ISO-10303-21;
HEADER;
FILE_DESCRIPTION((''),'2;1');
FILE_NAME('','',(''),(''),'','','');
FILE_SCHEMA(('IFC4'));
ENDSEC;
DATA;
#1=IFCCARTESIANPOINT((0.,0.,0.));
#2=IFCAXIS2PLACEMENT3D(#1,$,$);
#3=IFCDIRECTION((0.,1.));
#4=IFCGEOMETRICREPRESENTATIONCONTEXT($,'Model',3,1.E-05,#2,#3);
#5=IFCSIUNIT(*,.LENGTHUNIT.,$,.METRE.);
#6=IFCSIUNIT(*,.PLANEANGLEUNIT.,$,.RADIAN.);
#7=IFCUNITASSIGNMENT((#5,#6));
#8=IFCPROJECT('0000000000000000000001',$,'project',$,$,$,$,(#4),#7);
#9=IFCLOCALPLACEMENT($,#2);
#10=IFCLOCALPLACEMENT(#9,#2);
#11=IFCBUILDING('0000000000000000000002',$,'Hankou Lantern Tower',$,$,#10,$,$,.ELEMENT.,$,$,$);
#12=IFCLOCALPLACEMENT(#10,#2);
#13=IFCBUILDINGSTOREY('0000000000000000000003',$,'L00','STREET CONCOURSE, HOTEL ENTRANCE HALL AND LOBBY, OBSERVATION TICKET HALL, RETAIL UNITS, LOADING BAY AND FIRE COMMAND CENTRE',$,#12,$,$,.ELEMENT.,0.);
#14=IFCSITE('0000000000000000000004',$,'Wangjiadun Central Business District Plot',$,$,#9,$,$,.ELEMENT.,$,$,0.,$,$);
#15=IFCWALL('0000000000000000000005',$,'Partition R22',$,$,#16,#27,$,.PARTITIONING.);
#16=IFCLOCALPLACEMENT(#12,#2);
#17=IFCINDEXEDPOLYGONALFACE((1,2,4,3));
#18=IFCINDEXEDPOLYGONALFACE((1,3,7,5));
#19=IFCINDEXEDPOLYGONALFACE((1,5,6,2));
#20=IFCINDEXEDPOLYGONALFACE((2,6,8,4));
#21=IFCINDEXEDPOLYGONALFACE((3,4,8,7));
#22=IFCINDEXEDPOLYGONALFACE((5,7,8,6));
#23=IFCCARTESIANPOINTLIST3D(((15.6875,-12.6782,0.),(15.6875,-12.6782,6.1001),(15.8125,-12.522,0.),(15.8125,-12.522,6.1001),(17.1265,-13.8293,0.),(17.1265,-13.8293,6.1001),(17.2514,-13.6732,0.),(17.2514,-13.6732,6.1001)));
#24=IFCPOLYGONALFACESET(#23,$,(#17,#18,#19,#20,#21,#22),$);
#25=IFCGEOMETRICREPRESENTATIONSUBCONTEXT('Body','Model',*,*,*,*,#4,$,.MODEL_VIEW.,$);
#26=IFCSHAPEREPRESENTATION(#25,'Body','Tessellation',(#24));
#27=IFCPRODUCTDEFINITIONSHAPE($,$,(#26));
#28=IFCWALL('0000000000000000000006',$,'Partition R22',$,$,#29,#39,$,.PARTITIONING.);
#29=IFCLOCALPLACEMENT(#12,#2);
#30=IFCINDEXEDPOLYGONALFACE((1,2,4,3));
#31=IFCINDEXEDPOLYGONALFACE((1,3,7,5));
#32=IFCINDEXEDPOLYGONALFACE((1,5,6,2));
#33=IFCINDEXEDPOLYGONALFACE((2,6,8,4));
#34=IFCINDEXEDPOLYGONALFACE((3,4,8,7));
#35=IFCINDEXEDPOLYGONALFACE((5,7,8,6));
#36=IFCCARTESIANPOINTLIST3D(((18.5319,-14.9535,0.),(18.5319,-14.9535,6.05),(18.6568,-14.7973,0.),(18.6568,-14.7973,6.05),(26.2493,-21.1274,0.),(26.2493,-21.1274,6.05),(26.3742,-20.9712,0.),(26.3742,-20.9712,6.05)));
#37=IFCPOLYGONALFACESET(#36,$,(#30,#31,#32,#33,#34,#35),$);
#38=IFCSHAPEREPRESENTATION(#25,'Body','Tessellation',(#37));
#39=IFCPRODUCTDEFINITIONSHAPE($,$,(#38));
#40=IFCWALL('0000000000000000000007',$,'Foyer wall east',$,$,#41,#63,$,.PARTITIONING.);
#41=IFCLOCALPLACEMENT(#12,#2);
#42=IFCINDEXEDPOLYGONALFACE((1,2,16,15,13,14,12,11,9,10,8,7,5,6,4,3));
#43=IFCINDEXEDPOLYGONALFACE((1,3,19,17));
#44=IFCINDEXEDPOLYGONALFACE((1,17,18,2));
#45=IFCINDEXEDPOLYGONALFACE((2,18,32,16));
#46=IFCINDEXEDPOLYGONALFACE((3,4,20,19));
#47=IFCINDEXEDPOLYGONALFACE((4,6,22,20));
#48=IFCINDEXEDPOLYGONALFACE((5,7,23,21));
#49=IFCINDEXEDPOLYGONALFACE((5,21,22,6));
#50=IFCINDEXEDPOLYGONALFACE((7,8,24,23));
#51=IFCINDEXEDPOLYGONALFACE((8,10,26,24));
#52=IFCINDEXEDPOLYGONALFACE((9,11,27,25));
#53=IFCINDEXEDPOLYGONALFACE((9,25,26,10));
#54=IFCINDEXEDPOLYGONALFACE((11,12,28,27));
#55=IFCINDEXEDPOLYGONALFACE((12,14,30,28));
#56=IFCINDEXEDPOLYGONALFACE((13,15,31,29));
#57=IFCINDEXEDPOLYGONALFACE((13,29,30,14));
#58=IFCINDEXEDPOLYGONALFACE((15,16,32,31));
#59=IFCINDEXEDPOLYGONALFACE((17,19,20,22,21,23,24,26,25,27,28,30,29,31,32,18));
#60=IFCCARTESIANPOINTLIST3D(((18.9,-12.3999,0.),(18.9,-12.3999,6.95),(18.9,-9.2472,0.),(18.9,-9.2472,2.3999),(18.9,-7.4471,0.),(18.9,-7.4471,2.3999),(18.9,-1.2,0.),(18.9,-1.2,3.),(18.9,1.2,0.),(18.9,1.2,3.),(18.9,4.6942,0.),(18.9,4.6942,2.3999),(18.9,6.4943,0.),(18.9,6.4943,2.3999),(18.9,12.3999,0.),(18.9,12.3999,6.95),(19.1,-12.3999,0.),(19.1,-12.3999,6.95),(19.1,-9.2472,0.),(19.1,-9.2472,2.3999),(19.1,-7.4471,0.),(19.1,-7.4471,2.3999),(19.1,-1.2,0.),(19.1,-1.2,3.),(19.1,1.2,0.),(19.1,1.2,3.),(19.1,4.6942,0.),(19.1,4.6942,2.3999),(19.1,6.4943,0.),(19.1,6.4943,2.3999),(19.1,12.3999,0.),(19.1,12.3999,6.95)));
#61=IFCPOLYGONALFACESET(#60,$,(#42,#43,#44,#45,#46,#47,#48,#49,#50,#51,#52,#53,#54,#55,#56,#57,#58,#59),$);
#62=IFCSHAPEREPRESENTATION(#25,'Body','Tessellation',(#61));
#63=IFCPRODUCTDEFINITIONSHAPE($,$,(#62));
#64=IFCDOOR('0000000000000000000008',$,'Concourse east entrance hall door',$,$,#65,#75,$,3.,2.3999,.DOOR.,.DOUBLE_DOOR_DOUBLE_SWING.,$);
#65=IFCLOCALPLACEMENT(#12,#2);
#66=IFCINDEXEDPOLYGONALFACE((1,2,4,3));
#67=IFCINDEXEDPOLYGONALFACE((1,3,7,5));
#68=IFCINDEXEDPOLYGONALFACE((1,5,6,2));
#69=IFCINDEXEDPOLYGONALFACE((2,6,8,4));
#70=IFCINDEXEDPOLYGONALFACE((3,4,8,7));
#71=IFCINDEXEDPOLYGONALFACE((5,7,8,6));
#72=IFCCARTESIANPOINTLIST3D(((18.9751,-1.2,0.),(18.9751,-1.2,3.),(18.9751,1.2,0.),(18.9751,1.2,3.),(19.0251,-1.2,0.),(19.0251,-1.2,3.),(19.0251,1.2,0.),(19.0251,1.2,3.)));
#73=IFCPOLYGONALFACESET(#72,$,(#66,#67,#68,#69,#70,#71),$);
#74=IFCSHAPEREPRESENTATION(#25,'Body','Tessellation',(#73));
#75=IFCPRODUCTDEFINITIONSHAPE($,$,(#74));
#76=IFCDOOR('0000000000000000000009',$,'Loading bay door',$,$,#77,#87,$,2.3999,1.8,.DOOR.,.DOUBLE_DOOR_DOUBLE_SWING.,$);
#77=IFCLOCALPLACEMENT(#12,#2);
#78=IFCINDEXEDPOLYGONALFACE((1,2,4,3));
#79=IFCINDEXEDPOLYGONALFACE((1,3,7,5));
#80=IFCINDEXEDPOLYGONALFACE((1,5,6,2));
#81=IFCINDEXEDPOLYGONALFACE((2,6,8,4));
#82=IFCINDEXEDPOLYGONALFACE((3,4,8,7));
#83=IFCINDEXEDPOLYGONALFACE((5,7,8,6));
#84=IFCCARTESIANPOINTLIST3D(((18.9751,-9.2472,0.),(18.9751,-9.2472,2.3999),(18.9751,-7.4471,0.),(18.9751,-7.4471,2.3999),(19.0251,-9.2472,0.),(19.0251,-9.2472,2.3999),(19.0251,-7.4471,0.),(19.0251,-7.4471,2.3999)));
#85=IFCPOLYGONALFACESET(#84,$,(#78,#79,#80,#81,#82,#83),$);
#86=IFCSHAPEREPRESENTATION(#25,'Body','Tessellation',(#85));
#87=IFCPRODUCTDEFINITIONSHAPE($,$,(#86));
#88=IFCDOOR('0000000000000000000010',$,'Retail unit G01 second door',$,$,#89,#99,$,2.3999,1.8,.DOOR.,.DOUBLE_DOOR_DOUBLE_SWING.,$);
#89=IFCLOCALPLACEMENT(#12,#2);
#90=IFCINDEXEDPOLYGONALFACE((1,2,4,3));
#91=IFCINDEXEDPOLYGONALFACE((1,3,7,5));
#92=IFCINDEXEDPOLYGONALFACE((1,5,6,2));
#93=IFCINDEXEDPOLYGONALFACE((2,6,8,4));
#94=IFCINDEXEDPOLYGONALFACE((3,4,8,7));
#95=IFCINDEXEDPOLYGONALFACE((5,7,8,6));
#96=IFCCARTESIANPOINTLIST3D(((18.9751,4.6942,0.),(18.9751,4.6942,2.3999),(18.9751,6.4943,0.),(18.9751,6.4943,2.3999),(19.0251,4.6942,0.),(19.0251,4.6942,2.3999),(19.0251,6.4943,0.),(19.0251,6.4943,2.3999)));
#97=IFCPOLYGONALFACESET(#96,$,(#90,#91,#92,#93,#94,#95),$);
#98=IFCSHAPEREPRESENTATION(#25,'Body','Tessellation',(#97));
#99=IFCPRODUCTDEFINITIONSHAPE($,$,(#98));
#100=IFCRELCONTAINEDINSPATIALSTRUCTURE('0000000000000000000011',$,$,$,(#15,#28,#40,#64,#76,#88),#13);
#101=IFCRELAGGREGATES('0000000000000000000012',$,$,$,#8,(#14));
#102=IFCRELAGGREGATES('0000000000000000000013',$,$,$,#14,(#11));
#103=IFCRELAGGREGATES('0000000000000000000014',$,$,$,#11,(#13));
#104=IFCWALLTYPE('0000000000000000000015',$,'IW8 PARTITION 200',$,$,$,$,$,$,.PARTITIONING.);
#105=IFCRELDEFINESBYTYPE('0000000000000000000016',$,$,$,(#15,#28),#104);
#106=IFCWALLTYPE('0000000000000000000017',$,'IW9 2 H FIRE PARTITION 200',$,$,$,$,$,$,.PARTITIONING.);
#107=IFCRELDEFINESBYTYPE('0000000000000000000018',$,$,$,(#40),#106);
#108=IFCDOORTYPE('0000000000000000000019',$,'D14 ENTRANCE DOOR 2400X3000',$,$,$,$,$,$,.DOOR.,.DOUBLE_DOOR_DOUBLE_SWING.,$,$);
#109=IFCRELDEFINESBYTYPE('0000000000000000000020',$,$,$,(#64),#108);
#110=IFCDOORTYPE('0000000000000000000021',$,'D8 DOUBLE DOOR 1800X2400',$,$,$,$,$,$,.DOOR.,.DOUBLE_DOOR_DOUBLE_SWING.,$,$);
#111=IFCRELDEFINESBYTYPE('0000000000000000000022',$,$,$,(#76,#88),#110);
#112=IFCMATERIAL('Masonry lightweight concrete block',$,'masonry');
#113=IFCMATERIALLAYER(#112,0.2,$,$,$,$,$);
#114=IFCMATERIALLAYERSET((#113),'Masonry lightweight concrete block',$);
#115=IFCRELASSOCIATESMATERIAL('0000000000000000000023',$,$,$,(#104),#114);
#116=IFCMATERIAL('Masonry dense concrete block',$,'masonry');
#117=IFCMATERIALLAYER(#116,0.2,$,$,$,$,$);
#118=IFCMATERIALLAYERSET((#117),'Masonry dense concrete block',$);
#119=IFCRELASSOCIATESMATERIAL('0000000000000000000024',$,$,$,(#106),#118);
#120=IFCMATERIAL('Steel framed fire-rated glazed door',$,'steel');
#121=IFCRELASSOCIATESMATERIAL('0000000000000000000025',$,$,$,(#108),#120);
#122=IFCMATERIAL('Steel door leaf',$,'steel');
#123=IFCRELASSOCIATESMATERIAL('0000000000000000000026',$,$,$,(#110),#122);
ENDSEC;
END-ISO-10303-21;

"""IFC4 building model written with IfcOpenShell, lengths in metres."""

from ifc_helpers import new_model, si_unit, direction, frame, frame_2d, origin, place, context, subcontext, project, spatial, rectangle, extrude, material, layer, layer_set, type_object, element, fill, save


model = new_model("IFC4")

# Units and contexts
model_context = context("Model", 3, precision=1e-05, world=origin(), true_north=direction((0.0, 1.0)))
body_context = subcontext(model_context, "Body", "Model", "MODEL_VIEW")
ifc_project = project(units=[si_unit("LENGTHUNIT", "METRE"), si_unit("PLANEANGLEUNIT", "RADIAN")], contexts=[model_context])

# Site, building, storey
site_placement = place(None, origin())
site = spatial("IfcSite", under=ifc_project, at=site_placement, Name="Wangjiadun Central Business District Plot", CompositionType="ELEMENT", RefElevation=0.0)
building_placement = place(site_placement, origin())
building = spatial("IfcBuilding", under=site, at=building_placement, Name="Hankou Lantern Tower", CompositionType="ELEMENT")
storey_placement = place(building_placement, origin())
storey = spatial("IfcBuildingStorey", under=building, at=storey_placement, Name="L00", Description="STREET CONCOURSE, HOTEL ENTRANCE HALL AND LOBBY, OBSERVATION TICKET HALL, RETAIL UNITS, LOADING BAY AND FIRE COMMAND CENTRE", CompositionType="ELEMENT", Elevation=0.0)

# Walls
ifc_material_1 = material(Name="Masonry lightweight concrete block", Category="masonry")
ifc_layer_1 = layer(ifc_material_1, 0.2)
ifc_layer_set_1 = layer_set([ifc_layer_1], Name="Masonry lightweight concrete block")
wall_type_1 = type_object("IfcWallType", Name="IW8 PARTITION 200", PredefinedType="PARTITIONING", material=ifc_layer_set_1)
wall_1_placement = place(storey_placement, frame((15.75, -12.6001, 0.0), z_axis=(0.0, 0.0, 1.0), x_axis=(0.780882, -0.624679, 0.0)))
element("IfcWall", 1, at=wall_1_placement, inside=storey, type_object=wall_type_1, Name="Partition R22", PredefinedType="PARTITIONING", context=body_context, shape_type="SweptSolid", body=[
    extrude(rectangle(XDim=1.8428, YDim=0.2, at=frame_2d((0.9214, 0.0))), origin(), (0.0, 0.0, 1.0), 6.1001),
])
wall_2_placement = place(storey_placement, frame((18.5945, -14.8755, 0.0), z_axis=(0.0, 0.0, 1.0), x_axis=(0.780869, -0.624695, 0.0)))
element("IfcWall", 2, at=wall_2_placement, inside=storey, type_object=wall_type_1, Name="Partition R22", PredefinedType="PARTITIONING", context=body_context, shape_type="SweptSolid", body=[
    extrude(rectangle(XDim=9.8831, YDim=0.2, at=frame_2d((4.9414, 0.0))), origin(), (0.0, 0.0, 1.0), 6.05),
])

# Wall, openings, doors
ifc_material_2 = material(Name="Masonry dense concrete block", Category="masonry")
ifc_layer_2 = layer(ifc_material_2, 0.2)
ifc_layer_set_2 = layer_set([ifc_layer_2], Name="Masonry dense concrete block")
wall_type_2 = type_object("IfcWallType", Name="IW9 2 H FIRE PARTITION 200", PredefinedType="PARTITIONING", material=ifc_layer_set_2)
wall_3_placement = place(storey_placement, frame((19.0, -12.3999, 0.0), z_axis=(0.0, 0.0, 1.0), x_axis=(0.0, 1.0, 0.0)))
wall_3 = element("IfcWall", 3, at=wall_3_placement, inside=storey, type_object=wall_type_2, Name="Foyer wall east", PredefinedType="PARTITIONING", context=body_context, shape_type="SweptSolid", body=[
    extrude(rectangle(XDim=24.7998, YDim=0.2, at=frame_2d((12.3999, 0.0))), origin(), (0.0, 0.0, 1.0), 6.95),
])
opening_1_placement = place(wall_3_placement, frame((11.2, 0.0, 0.0)))
opening_1 = element("IfcOpeningElement", 4, at=opening_1_placement, cuts=wall_3, PredefinedType="OPENING", context=body_context, shape_type="SweptSolid", body=[
    extrude(rectangle(XDim=2.3999, YDim=3.0, at=frame_2d((1.2, 1.5))), frame((0.0, 0.1099, 0.0), z_axis=(0.0, -1.0, 0.0), x_axis=(1.0, 0.0, 0.0)), (0.0, 0.0, 1.0), 0.22),
])
opening_2_placement = place(wall_3_placement, frame((3.1528, 0.0, 0.0)))
opening_2 = element("IfcOpeningElement", 5, at=opening_2_placement, cuts=wall_3, PredefinedType="OPENING", context=body_context, shape_type="SweptSolid", body=[
    extrude(rectangle(XDim=1.8, YDim=2.3999, at=frame_2d((0.8999, 1.2))), frame((0.0, 0.1099, 0.0), z_axis=(0.0, -1.0, 0.0), x_axis=(1.0, 0.0, 0.0)), (0.0, 0.0, 1.0), 0.22),
])
opening_3_placement = place(wall_3_placement, frame((17.0942, 0.0, 0.0)))
opening_3 = element("IfcOpeningElement", 6, at=opening_3_placement, cuts=wall_3, PredefinedType="OPENING", context=body_context, shape_type="SweptSolid", body=[
    extrude(rectangle(XDim=1.8, YDim=2.3999, at=frame_2d((0.8999, 1.2))), frame((0.0, 0.1099, 0.0), z_axis=(0.0, -1.0, 0.0), x_axis=(1.0, 0.0, 0.0)), (0.0, 0.0, 1.0), 0.22),
])
ifc_material_3 = material(Name="Steel framed fire-rated glazed door", Category="steel")
door_type_1 = type_object("IfcDoorType", Name="D14 ENTRANCE DOOR 2400X3000", OperationType="DOUBLE_DOOR_DOUBLE_SWING", PredefinedType="DOOR", material=ifc_material_3)
door_1_placement = place(opening_1_placement, origin())
door_1 = element("IfcDoor", 7, at=door_1_placement, inside=storey, type_object=door_type_1, Name="Concourse east entrance hall door", OperationType="DOUBLE_DOOR_DOUBLE_SWING", OverallHeight=3.0, OverallWidth=2.3999, PredefinedType="DOOR", context=body_context, shape_type="SweptSolid", body=[
    extrude(rectangle(XDim=2.3999, YDim=3.0, at=frame_2d((1.2, 1.5))), frame((0.0, 0.0249, 0.0), z_axis=(0.0, -1.0, 0.0), x_axis=(1.0, 0.0, 0.0)), (0.0, 0.0, 1.0), 0.05),
])
fill(opening_1, door_1)
ifc_material_4 = material(Name="Steel door leaf", Category="steel")
door_type_2 = type_object("IfcDoorType", Name="D8 DOUBLE DOOR 1800X2400", OperationType="DOUBLE_DOOR_DOUBLE_SWING", PredefinedType="DOOR", material=ifc_material_4)
door_2_placement = place(opening_2_placement, origin())
door_2 = element("IfcDoor", 8, at=door_2_placement, inside=storey, type_object=door_type_2, Name="Loading bay door", OperationType="DOUBLE_DOOR_DOUBLE_SWING", OverallHeight=2.3999, OverallWidth=1.8, PredefinedType="DOOR", context=body_context, shape_type="SweptSolid", body=[
    extrude(rectangle(XDim=1.8, YDim=2.3999, at=frame_2d((0.8999, 1.2))), frame((0.0, 0.0249, 0.0), z_axis=(0.0, -1.0, 0.0), x_axis=(1.0, 0.0, 0.0)), (0.0, 0.0, 1.0), 0.05),
])
fill(opening_2, door_2)
door_3_placement = place(opening_3_placement, origin())
door_3 = element("IfcDoor", 9, at=door_3_placement, inside=storey, type_object=door_type_2, Name="Retail unit G01 second door", OperationType="DOUBLE_DOOR_DOUBLE_SWING", OverallHeight=2.3999, OverallWidth=1.8, PredefinedType="DOOR", context=body_context, shape_type="SweptSolid", body=[
    extrude(rectangle(XDim=1.8, YDim=2.3999, at=frame_2d((0.8999, 1.2))), frame((0.0, 0.0249, 0.0), z_axis=(0.0, -1.0, 0.0), x_axis=(1.0, 0.0, 0.0)), (0.0, 0.0, 1.0), 0.05),
])
fill(opening_3, door_3)

save(model, "model.ifc")
